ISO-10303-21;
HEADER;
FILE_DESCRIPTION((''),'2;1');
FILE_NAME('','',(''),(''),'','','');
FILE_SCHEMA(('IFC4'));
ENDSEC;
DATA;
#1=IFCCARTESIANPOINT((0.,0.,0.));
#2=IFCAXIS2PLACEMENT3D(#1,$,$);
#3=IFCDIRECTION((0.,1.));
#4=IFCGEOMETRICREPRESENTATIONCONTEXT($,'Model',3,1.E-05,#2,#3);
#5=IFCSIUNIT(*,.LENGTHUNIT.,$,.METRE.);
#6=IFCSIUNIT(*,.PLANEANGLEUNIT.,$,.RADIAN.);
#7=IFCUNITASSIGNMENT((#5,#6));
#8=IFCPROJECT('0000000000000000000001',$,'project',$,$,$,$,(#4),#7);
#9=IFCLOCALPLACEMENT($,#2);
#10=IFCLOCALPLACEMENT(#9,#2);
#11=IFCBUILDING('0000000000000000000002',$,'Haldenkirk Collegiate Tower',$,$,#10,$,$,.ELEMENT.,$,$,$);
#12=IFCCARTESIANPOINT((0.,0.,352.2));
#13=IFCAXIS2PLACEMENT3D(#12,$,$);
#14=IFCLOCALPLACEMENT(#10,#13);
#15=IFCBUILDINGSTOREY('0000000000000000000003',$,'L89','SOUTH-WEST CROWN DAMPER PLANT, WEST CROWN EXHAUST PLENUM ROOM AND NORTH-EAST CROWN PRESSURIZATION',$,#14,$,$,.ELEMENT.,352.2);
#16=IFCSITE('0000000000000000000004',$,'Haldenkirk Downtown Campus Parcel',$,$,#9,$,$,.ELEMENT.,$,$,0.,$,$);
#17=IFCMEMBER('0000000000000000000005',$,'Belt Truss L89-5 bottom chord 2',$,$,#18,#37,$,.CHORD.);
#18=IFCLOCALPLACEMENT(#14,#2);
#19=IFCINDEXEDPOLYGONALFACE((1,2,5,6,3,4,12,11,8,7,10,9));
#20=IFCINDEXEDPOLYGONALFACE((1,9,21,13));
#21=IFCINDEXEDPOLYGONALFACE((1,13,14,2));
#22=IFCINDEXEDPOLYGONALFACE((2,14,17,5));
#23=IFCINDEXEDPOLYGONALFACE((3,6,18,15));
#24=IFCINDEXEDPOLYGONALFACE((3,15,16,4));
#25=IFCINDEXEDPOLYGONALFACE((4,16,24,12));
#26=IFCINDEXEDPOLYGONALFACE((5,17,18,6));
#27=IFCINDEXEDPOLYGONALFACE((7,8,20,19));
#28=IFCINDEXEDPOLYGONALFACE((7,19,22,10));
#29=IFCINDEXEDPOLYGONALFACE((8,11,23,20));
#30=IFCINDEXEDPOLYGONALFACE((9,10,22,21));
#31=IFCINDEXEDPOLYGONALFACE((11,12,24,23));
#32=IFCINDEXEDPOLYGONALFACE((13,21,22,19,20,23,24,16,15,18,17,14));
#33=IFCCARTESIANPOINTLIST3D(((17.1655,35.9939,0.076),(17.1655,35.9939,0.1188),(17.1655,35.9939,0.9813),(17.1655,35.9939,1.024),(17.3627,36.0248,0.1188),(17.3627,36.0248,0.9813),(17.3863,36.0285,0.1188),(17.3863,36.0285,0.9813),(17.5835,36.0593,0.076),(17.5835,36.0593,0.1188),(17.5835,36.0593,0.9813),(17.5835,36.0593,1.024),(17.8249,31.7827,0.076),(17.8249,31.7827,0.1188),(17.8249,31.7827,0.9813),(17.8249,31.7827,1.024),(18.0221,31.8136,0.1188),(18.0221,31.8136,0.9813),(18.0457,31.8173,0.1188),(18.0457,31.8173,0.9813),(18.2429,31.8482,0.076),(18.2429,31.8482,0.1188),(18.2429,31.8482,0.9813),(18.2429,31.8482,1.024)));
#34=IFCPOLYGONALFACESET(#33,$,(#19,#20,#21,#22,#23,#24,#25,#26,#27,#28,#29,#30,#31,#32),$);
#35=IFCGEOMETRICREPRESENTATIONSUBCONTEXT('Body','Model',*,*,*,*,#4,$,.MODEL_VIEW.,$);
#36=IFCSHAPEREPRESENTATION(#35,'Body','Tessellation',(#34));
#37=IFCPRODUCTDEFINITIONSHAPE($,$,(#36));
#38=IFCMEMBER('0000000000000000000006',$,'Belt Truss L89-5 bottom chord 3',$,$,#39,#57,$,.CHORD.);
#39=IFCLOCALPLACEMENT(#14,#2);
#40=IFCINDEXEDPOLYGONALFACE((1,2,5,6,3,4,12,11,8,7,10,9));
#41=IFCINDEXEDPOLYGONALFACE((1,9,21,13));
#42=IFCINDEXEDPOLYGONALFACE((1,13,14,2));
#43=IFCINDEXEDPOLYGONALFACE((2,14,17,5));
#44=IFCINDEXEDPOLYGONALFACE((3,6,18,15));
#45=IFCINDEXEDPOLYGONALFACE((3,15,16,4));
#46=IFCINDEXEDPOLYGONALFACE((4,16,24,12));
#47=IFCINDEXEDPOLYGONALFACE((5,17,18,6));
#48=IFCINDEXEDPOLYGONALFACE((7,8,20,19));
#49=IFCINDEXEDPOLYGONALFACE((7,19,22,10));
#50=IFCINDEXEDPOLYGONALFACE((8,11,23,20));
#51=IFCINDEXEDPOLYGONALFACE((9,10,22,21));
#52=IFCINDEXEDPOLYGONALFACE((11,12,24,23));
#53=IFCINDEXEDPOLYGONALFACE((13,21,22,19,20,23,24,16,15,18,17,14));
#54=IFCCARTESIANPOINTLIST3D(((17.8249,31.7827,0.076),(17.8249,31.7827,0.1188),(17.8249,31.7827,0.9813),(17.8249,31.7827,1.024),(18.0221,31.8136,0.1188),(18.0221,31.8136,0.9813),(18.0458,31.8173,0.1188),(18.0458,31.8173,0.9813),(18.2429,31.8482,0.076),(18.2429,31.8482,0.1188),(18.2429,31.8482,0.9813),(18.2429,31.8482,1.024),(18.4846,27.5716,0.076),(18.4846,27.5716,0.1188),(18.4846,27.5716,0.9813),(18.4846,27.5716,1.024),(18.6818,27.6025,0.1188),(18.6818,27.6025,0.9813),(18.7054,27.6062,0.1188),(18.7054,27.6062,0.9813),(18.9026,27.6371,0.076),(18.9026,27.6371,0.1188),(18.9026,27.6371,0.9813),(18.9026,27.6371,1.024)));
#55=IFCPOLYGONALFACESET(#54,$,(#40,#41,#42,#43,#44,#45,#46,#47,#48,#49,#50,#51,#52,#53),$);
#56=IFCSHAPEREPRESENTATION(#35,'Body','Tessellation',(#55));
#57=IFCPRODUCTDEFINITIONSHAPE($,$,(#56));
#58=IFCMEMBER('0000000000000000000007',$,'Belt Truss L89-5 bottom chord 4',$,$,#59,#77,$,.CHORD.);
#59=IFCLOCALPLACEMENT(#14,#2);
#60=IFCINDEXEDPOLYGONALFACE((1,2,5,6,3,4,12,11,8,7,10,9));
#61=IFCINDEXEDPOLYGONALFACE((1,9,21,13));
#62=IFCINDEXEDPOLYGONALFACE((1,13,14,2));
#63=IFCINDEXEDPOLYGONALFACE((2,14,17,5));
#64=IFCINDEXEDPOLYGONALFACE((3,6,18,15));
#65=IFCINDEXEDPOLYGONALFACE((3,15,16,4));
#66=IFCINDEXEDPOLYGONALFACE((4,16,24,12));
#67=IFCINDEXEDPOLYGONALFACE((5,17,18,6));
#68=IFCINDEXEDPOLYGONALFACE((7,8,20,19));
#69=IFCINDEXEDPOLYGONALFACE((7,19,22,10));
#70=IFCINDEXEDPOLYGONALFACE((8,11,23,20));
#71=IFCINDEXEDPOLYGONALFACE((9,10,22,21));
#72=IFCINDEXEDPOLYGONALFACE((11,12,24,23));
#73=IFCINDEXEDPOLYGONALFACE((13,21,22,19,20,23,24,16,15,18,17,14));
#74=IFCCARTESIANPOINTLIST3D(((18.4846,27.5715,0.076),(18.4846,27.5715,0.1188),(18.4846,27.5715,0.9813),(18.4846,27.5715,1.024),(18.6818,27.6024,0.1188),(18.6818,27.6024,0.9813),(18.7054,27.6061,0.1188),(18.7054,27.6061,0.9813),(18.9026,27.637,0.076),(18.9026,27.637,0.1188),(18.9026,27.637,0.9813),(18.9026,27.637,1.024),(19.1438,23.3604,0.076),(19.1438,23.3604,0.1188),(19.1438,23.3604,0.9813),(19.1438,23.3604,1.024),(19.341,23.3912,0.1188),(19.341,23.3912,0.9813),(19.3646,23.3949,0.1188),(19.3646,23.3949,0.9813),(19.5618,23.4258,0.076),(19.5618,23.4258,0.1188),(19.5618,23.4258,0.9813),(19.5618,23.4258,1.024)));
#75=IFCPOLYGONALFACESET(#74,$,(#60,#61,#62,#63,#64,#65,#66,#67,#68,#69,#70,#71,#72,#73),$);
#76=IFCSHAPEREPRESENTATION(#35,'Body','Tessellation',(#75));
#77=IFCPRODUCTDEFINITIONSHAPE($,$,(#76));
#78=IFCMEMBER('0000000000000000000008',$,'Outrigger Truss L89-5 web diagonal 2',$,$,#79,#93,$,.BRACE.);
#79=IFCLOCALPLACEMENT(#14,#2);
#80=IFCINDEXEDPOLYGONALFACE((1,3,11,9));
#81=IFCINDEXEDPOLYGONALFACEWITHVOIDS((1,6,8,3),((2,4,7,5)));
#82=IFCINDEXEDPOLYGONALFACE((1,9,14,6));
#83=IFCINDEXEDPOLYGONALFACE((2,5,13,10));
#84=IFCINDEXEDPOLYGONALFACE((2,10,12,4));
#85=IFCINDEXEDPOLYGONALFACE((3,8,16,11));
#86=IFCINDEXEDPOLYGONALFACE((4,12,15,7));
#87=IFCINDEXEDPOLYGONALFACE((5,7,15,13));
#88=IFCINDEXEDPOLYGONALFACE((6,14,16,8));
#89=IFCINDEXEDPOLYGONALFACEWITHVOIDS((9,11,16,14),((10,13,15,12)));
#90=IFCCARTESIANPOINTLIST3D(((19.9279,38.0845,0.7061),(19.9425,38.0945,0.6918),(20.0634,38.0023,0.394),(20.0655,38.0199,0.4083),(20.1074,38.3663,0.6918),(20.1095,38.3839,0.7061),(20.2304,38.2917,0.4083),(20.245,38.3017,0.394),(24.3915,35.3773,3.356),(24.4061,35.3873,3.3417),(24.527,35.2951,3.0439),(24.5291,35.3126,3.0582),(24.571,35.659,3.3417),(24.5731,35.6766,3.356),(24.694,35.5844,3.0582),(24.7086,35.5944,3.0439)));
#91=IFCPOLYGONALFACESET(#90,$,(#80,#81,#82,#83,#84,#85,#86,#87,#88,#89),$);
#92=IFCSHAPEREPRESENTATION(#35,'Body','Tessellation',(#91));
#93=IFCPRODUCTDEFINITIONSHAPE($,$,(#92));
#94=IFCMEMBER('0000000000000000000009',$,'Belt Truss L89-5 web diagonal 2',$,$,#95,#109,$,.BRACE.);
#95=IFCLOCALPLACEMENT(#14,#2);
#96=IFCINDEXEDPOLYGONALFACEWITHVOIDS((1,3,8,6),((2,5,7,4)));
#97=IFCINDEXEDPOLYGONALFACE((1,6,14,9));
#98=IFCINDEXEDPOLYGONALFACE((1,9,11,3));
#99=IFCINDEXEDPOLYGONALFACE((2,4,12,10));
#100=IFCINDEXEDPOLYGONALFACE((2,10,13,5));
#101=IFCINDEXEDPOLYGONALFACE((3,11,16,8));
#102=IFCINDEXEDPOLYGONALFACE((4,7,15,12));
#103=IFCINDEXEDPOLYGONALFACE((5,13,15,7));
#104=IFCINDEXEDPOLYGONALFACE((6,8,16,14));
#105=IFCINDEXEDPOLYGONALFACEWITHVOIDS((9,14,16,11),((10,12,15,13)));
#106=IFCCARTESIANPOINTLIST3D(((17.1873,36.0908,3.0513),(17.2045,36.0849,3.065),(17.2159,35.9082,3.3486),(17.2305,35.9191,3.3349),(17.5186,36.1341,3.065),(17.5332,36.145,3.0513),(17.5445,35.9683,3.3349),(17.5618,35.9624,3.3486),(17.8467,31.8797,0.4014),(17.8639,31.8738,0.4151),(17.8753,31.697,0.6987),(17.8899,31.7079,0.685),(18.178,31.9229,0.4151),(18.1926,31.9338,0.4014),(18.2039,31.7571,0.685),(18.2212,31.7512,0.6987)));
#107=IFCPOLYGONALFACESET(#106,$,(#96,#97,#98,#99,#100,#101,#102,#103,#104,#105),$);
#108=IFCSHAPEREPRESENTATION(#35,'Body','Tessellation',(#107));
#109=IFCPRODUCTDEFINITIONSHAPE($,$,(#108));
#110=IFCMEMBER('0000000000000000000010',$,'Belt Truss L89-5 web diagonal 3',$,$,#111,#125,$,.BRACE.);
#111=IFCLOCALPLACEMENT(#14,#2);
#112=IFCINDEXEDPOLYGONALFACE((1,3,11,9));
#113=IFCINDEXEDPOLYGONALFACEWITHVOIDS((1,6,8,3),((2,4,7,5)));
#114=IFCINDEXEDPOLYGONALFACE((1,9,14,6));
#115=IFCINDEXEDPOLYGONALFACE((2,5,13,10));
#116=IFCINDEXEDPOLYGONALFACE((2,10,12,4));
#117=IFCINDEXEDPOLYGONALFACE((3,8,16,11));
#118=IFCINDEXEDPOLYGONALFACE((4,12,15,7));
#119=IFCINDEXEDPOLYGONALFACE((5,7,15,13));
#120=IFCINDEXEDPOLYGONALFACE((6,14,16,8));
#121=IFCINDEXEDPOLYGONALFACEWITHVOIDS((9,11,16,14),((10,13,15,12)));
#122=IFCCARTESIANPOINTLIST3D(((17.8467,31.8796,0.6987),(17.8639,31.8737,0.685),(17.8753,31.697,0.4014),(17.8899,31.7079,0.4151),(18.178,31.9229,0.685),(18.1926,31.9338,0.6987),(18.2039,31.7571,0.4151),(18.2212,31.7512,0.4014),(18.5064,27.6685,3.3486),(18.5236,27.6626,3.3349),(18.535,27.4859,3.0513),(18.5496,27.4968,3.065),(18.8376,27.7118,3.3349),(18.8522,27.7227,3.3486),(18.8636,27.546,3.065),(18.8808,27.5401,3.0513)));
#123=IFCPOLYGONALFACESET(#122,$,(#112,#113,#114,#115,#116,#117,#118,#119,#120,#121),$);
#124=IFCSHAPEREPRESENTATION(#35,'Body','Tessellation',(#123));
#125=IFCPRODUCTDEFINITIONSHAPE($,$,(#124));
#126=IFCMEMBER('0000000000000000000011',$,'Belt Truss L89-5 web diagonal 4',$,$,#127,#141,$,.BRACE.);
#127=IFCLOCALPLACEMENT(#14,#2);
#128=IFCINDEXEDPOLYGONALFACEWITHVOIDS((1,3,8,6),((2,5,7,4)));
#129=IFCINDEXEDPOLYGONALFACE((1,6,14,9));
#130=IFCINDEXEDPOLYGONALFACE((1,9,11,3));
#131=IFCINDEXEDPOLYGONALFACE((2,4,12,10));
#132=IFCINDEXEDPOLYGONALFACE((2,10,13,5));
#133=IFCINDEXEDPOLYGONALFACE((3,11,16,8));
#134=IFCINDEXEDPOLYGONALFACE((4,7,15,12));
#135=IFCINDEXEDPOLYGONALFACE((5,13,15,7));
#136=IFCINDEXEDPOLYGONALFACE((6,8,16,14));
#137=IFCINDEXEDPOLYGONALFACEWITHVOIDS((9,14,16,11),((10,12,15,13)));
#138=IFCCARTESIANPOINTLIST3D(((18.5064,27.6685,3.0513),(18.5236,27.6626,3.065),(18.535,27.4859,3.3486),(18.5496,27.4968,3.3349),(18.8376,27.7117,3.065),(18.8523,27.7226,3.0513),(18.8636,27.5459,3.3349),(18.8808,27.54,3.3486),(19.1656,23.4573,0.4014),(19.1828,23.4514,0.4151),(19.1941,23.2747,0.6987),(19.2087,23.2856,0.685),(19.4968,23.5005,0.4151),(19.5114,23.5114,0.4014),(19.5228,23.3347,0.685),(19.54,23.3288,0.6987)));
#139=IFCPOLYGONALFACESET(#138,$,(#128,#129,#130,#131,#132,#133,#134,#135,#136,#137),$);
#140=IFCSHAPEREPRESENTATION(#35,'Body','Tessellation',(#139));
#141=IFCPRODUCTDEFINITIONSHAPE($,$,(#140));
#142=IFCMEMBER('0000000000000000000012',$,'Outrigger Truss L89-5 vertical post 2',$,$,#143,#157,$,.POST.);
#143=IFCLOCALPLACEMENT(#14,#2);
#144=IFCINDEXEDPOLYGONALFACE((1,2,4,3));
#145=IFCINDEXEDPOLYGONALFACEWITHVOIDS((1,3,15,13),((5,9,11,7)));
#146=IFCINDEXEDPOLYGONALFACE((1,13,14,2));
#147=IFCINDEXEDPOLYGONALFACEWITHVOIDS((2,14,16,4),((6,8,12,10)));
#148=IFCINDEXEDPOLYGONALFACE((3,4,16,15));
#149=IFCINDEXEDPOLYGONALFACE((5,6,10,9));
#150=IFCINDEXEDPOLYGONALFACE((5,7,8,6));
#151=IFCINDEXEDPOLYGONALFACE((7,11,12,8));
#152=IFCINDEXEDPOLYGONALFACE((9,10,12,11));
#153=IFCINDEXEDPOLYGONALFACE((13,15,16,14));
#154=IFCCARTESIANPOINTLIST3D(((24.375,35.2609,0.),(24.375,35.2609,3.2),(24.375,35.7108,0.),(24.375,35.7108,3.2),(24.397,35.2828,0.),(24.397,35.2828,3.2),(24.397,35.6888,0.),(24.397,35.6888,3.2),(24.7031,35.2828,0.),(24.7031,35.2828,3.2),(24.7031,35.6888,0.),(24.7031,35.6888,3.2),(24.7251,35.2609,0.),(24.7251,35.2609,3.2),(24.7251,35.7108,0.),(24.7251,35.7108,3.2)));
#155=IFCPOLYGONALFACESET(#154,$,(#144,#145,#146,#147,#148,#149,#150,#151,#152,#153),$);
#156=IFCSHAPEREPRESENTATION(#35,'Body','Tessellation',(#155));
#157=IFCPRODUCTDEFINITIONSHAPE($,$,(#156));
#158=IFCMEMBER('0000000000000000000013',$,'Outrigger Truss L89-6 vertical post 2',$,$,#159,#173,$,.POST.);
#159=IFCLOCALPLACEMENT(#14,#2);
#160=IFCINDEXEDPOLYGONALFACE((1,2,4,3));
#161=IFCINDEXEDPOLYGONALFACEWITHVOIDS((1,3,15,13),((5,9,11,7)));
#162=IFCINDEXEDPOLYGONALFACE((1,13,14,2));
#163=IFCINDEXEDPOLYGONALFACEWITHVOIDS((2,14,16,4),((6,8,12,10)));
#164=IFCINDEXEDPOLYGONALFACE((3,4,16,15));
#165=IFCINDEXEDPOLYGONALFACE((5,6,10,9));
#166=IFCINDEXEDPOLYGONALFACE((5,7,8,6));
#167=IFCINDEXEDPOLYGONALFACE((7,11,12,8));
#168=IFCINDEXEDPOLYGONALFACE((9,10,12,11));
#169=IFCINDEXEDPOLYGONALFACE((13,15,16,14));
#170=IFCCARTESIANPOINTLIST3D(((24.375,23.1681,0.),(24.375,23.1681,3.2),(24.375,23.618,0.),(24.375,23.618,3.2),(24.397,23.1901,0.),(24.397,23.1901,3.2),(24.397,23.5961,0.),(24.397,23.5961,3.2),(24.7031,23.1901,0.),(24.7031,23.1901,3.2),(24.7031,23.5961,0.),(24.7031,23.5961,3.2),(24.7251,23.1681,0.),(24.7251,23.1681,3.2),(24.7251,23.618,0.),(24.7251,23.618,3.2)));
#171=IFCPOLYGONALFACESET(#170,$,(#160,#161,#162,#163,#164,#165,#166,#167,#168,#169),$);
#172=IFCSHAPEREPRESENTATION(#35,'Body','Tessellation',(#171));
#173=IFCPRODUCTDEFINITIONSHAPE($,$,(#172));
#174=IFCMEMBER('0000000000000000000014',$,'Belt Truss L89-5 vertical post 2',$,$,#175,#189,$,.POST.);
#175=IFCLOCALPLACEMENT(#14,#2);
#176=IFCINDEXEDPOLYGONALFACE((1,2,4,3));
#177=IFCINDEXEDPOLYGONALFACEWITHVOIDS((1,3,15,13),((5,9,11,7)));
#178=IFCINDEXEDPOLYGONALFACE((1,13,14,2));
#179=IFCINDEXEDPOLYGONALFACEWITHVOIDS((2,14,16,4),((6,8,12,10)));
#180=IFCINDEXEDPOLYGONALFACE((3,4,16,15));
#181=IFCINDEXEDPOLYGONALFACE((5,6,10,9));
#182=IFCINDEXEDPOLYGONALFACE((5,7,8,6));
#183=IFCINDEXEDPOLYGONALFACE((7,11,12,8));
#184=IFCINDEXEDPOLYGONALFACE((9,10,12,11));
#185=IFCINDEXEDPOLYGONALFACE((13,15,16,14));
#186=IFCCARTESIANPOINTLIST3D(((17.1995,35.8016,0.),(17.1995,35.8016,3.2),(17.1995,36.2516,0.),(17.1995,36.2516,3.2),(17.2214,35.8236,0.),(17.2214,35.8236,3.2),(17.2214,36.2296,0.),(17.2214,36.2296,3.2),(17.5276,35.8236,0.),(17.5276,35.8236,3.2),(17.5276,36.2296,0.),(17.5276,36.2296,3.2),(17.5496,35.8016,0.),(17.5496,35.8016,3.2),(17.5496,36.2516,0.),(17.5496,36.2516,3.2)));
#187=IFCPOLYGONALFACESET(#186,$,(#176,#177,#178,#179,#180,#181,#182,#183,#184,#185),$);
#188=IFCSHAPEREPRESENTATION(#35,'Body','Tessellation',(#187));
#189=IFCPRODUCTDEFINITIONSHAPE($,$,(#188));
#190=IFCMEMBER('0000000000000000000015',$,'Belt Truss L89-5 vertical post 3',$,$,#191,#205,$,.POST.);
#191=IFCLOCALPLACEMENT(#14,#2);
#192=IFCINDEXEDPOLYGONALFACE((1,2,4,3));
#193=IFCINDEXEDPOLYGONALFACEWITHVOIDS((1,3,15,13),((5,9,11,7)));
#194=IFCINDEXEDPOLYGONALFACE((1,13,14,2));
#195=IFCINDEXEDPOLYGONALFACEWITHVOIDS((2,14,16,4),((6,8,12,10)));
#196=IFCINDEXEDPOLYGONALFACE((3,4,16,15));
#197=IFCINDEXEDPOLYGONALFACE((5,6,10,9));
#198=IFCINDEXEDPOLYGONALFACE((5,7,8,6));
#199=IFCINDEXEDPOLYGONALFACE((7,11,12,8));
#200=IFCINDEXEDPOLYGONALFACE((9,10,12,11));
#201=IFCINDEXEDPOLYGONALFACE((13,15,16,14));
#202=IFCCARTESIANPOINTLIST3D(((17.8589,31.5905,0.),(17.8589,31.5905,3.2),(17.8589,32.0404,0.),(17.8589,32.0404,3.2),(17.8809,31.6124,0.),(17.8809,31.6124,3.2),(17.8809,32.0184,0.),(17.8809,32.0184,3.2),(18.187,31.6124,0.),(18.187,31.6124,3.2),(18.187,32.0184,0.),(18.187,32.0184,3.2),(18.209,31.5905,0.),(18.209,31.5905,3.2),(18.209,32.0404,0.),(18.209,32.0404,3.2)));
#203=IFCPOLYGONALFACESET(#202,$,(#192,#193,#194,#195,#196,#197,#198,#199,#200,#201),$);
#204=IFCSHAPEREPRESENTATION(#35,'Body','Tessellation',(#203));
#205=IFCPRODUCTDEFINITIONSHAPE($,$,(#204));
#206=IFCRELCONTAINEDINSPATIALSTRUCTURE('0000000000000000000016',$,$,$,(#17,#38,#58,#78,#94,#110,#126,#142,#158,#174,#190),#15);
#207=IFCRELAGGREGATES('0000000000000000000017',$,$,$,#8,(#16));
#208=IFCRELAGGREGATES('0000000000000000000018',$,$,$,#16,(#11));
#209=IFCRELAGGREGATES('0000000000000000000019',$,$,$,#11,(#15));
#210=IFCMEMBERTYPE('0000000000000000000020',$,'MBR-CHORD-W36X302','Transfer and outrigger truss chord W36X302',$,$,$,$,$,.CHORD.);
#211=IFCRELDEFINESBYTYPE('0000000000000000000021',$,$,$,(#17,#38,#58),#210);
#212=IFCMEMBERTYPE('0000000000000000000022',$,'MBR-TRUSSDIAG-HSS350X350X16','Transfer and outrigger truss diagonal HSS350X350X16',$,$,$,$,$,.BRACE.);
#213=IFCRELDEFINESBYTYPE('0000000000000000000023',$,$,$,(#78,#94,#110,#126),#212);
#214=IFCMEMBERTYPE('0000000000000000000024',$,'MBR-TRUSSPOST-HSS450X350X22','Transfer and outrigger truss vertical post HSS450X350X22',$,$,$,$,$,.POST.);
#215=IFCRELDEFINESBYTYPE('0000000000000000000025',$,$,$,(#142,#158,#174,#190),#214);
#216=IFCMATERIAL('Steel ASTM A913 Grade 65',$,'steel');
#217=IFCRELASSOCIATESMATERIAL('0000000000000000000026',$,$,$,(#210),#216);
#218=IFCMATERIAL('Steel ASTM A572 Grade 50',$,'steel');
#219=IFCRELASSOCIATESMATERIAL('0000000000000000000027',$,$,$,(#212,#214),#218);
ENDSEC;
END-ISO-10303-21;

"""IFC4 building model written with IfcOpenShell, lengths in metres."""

from ifc_helpers import new_model, si_unit, direction, frame, origin, origin_2d, place, context, subcontext, project, spatial, hollow_rectangle, i_section, extrude, material, material_profile, profile_set, type_object, element, save


model = new_model("IFC4")

# Units and contexts
model_context = context("Model", 3, precision=1e-05, world=origin(), true_north=direction((0.0, 1.0)))
body_context = subcontext(model_context, "Body", "Model", "MODEL_VIEW")
ifc_project = project(units=[si_unit("LENGTHUNIT", "METRE"), si_unit("PLANEANGLEUNIT", "RADIAN")], contexts=[model_context])

# Site, building, storey
site_placement = place(None, origin())
site = spatial("IfcSite", under=ifc_project, at=site_placement, Name="Haldenkirk Downtown Campus Parcel", CompositionType="ELEMENT", RefElevation=0.0)
building_placement = place(site_placement, origin())
building = spatial("IfcBuilding", under=site, at=building_placement, Name="Haldenkirk Collegiate Tower", CompositionType="ELEMENT")
storey_placement = place(building_placement, frame((0.0, 0.0, 352.2)))
storey = spatial("IfcBuildingStorey", under=building, at=storey_placement, Name="L89", Description="SOUTH-WEST CROWN DAMPER PLANT, WEST CROWN EXHAUST PLENUM ROOM AND NORTH-EAST CROWN PRESSURIZATION", CompositionType="ELEMENT", Elevation=352.2)

# Shared definitions
ifc_material_1 = material(Name="Steel ASTM A913 Grade 65", Category="steel")

# Members
ifc_material_2 = material(Name="Steel ASTM A572 Grade 50", Category="steel")
ifc_material_profile_1 = material_profile(ifc_material_1, i_section(OverallWidth=0.4231, OverallDepth=0.948, WebThickness=0.0239, FlangeThickness=0.0427, at=origin_2d()), Name="W36X302")
ifc_profile_set_1 = profile_set([ifc_material_profile_1], Name="Steel ASTM A913 Grade 65")
member_type_1 = type_object("IfcMemberType", Name="MBR-CHORD-W36X302", Description="Transfer and outrigger truss chord W36X302", PredefinedType="CHORD", material=ifc_profile_set_1)
for number, where, z_axis, x_axis, name in (
    (1, (17.3745, 36.0266, 0.55), (0.154704, -0.987961, 0.0), (0.987961, 0.154704, 0.0), "Belt Truss L89-5 bottom chord 2"),
    (2, (18.0339, 31.8154, 0.55), (0.15476, -0.987952, 0.0), (0.987952, 0.15476, 0.0), "Belt Truss L89-5 bottom chord 3"),
    (3, (18.6936, 27.6042, 0.55), (0.154648, -0.98797, 0.0), (0.98797, 0.154648, 0.0), "Belt Truss L89-5 bottom chord 4"),
):
    element("IfcMember", number, at=place(storey_placement, frame(where, z_axis=z_axis, x_axis=x_axis)), inside=storey, type_object=member_type_1, Name=name, PredefinedType="CHORD", context=body_context, shape_type="SweptSolid", body=[
        extrude(i_section(OverallWidth=0.4231, OverallDepth=0.948, WebThickness=0.0239, FlangeThickness=0.0427, at=origin_2d()), origin(), (0.0, 0.0, 1.0), 4.2625),
    ])
ifc_material_profile_2 = material_profile(ifc_material_2, hollow_rectangle(XDim=0.3501, YDim=0.3501, WallThickness=0.0161, at=origin_2d()), Name="HSS350X350X16")
ifc_profile_set_2 = profile_set([ifc_material_profile_2], Name="Steel ASTM A572 Grade 50")
member_type_2 = type_object("IfcMemberType", Name="MBR-TRUSSDIAG-HSS350X350X16", Description="Transfer and outrigger truss diagonal HSS350X350X16", PredefinedType="BRACE", material=ifc_profile_set_2)
member_1_placement = place(storey_placement, frame((24.55, 35.4858, 3.2), z_axis=(-0.762425, 0.462426, -0.452626), x_axis=(-0.518589, -0.855024, 0.0)))
element("IfcMember", 4, at=member_1_placement, inside=storey, type_object=member_type_2, Name="Outrigger Truss L89-5 web diagonal 2", PredefinedType="BRACE", context=body_context, shape_type="SweptSolid", body=[
    extrude(hollow_rectangle(XDim=0.3501, YDim=0.3501, WallThickness=0.0161, at=origin_2d()), origin(), (0.0, 0.0, 1.0), 5.8545),
])
for number, where, z_axis, x_axis, name in (
    (5, (17.3745, 36.0266, 3.2), (0.131384, -0.839039, -0.527969), (0.987961, 0.154704, 0.0), "Belt Truss L89-5 web diagonal 2"),
    (6, (18.0339, 31.8154, 0.55), (0.131432, -0.839034, 0.527965), (0.987952, 0.15476, 0.0), "Belt Truss L89-5 web diagonal 3"),
    (7, (18.6936, 27.6042, 3.2), (0.131336, -0.839045, -0.527972), (0.98797, 0.154648, 0.0), "Belt Truss L89-5 web diagonal 4"),
):
    element("IfcMember", number, at=place(storey_placement, frame(where, z_axis=z_axis, x_axis=x_axis)), inside=storey, type_object=member_type_2, Name=name, PredefinedType="BRACE", context=body_context, shape_type="SweptSolid", body=[
        extrude(hollow_rectangle(XDim=0.3501, YDim=0.3501, WallThickness=0.0161, at=origin_2d()), origin(), (0.0, 0.0, 1.0), 5.019),
    ])
ifc_material_profile_3 = material_profile(ifc_material_2, hollow_rectangle(XDim=0.3501, YDim=0.45, WallThickness=0.022, at=origin_2d()), Name="HSS450X350X22")
ifc_profile_set_3 = profile_set([ifc_material_profile_3], Name="Steel ASTM A572 Grade 50")
member_type_3 = type_object("IfcMemberType", Name="MBR-TRUSSPOST-HSS450X350X22", Description="Transfer and outrigger truss vertical post HSS450X350X22", PredefinedType="POST", material=ifc_profile_set_3)
for number, where, z_axis, x_axis, name in (
    (8, (24.55, 35.4858, 0.0), (0.0, 0.0, 1.0), (1.0, 0.0, 0.0), "Outrigger Truss L89-5 vertical post 2"),
    (9, (24.55, 23.3931, 0.0), (0.0, 0.0, 1.0), (1.0, 0.0, 0.0), "Outrigger Truss L89-6 vertical post 2"),
    (10, (17.3745, 36.0266, 0.0), (0.0, 0.0, 1.0), (1.0, 0.0, 0.0), "Belt Truss L89-5 vertical post 2"),
    (11, (18.0339, 31.8154, 0.0), (0.0, 0.0, 1.0), (1.0, 0.0, 0.0), "Belt Truss L89-5 vertical post 3"),
):
    element("IfcMember", number, at=place(storey_placement, frame(where, z_axis=z_axis, x_axis=x_axis)), inside=storey, type_object=member_type_3, Name=name, PredefinedType="POST", context=body_context, shape_type="SweptSolid", body=[
        extrude(hollow_rectangle(XDim=0.3501, YDim=0.45, WallThickness=0.022, at=origin_2d()), origin(), (0.0, 0.0, 1.0), 3.2),
    ])

save(model, "model.ifc")
